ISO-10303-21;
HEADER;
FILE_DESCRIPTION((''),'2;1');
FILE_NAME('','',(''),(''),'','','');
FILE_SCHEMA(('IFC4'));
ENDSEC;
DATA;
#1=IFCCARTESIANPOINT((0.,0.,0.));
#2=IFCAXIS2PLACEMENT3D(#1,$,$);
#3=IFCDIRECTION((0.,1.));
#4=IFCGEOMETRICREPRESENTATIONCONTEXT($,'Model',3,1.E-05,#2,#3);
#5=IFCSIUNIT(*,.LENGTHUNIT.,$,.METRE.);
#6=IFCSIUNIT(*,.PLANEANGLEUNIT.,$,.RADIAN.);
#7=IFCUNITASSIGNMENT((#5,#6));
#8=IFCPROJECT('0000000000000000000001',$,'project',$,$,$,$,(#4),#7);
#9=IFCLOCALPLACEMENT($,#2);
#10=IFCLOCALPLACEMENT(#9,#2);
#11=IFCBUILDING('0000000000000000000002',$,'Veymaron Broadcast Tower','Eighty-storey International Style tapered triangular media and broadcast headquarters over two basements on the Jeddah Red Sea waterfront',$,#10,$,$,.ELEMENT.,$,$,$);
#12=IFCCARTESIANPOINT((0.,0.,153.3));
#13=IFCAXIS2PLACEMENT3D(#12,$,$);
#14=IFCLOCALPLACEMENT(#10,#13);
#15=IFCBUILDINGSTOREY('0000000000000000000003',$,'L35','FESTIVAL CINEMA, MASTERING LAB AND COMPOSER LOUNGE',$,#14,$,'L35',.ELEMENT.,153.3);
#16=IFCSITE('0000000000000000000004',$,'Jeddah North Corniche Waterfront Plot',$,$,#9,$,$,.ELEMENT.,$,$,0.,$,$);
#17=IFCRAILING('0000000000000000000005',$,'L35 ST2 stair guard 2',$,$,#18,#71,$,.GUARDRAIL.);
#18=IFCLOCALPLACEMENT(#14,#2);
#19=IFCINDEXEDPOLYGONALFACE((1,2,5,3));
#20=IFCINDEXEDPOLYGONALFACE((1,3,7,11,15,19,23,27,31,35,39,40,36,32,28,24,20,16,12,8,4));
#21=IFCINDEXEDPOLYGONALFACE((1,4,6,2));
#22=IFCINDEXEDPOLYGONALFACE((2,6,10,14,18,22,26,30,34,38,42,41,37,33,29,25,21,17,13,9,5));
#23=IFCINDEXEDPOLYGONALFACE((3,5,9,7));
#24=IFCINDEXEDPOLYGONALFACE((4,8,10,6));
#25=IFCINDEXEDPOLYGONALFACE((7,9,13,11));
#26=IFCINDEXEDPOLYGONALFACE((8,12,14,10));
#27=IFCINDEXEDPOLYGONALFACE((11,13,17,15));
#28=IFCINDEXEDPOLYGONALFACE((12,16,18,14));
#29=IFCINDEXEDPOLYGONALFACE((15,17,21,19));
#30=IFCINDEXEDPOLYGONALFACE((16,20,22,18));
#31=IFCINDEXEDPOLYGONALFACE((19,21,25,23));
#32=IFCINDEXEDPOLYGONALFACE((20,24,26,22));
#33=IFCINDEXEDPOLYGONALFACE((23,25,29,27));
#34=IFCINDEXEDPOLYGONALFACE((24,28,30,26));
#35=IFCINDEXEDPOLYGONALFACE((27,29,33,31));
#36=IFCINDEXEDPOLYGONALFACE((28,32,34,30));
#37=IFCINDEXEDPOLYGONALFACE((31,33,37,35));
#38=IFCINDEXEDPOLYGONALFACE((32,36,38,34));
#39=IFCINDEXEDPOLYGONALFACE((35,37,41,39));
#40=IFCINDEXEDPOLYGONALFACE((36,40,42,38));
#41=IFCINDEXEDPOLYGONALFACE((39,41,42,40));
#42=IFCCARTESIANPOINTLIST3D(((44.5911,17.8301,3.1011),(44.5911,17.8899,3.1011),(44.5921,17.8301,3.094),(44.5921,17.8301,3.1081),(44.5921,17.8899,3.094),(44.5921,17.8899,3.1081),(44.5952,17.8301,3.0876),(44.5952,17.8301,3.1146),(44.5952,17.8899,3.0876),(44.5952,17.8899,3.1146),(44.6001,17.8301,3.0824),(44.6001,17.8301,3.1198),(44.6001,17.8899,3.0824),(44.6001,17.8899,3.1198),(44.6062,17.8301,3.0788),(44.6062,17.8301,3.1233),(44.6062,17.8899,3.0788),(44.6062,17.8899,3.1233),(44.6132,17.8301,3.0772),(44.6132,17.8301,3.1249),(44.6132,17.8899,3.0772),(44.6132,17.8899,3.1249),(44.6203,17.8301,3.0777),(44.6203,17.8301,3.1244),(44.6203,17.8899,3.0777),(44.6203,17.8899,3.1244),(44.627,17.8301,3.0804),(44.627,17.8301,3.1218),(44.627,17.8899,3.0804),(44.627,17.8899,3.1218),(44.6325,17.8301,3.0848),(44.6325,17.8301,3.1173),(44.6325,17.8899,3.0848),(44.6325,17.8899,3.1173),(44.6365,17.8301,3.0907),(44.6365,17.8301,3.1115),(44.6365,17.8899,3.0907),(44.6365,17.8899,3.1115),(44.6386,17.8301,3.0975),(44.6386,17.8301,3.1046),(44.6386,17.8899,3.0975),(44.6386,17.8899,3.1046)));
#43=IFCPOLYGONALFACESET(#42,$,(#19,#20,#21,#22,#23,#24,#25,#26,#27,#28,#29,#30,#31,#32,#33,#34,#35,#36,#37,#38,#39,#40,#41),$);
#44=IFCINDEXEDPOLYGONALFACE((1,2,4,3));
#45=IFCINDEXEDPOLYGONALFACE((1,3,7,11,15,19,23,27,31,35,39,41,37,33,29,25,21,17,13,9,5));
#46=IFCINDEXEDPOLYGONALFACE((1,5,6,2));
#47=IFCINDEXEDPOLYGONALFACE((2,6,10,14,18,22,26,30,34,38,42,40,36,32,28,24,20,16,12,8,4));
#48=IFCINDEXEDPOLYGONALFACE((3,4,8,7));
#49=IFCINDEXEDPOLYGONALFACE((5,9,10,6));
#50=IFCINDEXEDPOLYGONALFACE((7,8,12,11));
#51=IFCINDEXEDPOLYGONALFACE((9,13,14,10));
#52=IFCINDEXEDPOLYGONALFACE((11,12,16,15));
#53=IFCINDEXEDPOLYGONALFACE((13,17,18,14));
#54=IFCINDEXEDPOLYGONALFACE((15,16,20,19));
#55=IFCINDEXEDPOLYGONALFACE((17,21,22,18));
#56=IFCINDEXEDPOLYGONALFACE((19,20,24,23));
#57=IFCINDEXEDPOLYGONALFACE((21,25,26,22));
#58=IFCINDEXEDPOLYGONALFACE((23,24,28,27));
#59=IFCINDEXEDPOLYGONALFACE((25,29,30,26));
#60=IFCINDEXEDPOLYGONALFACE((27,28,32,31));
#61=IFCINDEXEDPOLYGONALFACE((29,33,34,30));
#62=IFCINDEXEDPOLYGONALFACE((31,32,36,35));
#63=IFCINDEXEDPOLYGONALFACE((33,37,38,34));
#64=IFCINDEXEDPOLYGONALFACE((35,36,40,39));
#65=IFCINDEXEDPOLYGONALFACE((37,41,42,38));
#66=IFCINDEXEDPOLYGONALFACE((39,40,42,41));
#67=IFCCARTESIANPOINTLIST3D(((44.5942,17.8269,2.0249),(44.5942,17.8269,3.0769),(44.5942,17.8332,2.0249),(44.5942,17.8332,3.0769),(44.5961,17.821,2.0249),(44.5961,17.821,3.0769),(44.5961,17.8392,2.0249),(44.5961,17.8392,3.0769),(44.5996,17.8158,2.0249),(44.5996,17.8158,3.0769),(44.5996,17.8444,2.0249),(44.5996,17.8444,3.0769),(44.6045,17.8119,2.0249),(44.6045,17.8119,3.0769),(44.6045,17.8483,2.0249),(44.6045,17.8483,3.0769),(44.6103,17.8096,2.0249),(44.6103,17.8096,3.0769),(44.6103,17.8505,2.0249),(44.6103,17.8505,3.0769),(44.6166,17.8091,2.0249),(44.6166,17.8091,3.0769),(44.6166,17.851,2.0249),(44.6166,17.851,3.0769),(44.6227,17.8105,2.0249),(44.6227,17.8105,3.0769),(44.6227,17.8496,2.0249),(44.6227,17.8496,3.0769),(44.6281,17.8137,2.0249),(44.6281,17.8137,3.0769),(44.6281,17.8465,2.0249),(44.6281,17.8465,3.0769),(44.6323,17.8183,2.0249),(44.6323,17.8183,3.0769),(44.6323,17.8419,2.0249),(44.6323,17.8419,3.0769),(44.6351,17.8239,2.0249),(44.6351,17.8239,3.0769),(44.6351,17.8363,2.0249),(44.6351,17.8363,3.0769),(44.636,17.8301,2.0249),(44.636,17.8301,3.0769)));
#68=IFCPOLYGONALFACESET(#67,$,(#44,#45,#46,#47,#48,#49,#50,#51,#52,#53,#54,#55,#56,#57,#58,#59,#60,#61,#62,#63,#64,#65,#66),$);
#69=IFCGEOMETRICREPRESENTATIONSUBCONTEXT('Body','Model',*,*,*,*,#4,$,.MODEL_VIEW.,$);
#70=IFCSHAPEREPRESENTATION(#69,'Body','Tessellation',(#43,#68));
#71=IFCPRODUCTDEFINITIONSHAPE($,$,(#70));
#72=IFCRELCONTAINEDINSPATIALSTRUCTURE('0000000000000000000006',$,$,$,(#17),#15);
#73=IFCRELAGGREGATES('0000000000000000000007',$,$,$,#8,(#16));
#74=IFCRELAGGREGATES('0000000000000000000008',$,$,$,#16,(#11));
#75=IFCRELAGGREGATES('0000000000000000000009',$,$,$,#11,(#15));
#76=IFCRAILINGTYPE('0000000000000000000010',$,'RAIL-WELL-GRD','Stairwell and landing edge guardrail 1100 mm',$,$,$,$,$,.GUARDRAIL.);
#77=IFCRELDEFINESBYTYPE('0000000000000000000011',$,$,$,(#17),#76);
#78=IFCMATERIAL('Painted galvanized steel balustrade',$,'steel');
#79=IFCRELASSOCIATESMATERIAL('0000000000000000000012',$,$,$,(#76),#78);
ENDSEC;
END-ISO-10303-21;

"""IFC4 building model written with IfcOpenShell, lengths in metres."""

from ifc_helpers import new_model, si_unit, direction, frame, origin, origin_2d, place, context, subcontext, project, spatial, circle, extrude, material, type_object, element, save


model = new_model("IFC4")

# Units and contexts
model_context = context("Model", 3, precision=1e-05, world=origin(), true_north=direction((0.0, 1.0)))
body_context = subcontext(model_context, "Body", "Model", "MODEL_VIEW")
ifc_project = project(units=[si_unit("LENGTHUNIT", "METRE"), si_unit("PLANEANGLEUNIT", "RADIAN")], contexts=[model_context])

# Site, building, storey
site_placement = place(None, origin())
site = spatial("IfcSite", under=ifc_project, at=site_placement, Name="Jeddah North Corniche Waterfront Plot", CompositionType="ELEMENT", RefElevation=0.0)
building_placement = place(site_placement, origin())
building = spatial("IfcBuilding", under=site, at=building_placement, Name="Veymaron Broadcast Tower", Description="Eighty-storey International Style tapered triangular media and broadcast headquarters over two basements on the Jeddah Red Sea waterfront", CompositionType="ELEMENT")
storey_placement = place(building_placement, frame((0.0, 0.0, 153.3)))
storey = spatial("IfcBuildingStorey", under=building, at=storey_placement, Name="L35", Description="FESTIVAL CINEMA, MASTERING LAB AND COMPOSER LOUNGE", LongName="L35", CompositionType="ELEMENT", Elevation=153.3)

# Railing
ifc_material_1 = material(Name="Painted galvanized steel balustrade", Category="steel")
railing_type_1 = type_object("IfcRailingType", Name="RAIL-WELL-GRD", Description="Stairwell and landing edge guardrail 1100 mm", PredefinedType="GUARDRAIL", material=ifc_material_1)
railing_1_placement = place(storey_placement, frame((44.615, 17.8301, 2.0249)))
element("IfcRailing", 1, at=railing_1_placement, inside=storey, type_object=railing_type_1, Name="L35 ST2 stair guard 2", PredefinedType="GUARDRAIL", context=body_context, shape_type="SweptSolid", body=[
    extrude(circle(Radius=0.0239, at=origin_2d()), frame((0.0, 0.0, 1.0762), z_axis=(0.0, 1.0, 0.0), x_axis=(-1.0, 0.0, 0.0)), (0.0, 0.0, 1.0), 0.0598),
    extrude(circle(Radius=0.021, at=origin_2d()), origin(), (0.0, 0.0, 1.0), 1.052),
])

save(model, "model.ifc")
